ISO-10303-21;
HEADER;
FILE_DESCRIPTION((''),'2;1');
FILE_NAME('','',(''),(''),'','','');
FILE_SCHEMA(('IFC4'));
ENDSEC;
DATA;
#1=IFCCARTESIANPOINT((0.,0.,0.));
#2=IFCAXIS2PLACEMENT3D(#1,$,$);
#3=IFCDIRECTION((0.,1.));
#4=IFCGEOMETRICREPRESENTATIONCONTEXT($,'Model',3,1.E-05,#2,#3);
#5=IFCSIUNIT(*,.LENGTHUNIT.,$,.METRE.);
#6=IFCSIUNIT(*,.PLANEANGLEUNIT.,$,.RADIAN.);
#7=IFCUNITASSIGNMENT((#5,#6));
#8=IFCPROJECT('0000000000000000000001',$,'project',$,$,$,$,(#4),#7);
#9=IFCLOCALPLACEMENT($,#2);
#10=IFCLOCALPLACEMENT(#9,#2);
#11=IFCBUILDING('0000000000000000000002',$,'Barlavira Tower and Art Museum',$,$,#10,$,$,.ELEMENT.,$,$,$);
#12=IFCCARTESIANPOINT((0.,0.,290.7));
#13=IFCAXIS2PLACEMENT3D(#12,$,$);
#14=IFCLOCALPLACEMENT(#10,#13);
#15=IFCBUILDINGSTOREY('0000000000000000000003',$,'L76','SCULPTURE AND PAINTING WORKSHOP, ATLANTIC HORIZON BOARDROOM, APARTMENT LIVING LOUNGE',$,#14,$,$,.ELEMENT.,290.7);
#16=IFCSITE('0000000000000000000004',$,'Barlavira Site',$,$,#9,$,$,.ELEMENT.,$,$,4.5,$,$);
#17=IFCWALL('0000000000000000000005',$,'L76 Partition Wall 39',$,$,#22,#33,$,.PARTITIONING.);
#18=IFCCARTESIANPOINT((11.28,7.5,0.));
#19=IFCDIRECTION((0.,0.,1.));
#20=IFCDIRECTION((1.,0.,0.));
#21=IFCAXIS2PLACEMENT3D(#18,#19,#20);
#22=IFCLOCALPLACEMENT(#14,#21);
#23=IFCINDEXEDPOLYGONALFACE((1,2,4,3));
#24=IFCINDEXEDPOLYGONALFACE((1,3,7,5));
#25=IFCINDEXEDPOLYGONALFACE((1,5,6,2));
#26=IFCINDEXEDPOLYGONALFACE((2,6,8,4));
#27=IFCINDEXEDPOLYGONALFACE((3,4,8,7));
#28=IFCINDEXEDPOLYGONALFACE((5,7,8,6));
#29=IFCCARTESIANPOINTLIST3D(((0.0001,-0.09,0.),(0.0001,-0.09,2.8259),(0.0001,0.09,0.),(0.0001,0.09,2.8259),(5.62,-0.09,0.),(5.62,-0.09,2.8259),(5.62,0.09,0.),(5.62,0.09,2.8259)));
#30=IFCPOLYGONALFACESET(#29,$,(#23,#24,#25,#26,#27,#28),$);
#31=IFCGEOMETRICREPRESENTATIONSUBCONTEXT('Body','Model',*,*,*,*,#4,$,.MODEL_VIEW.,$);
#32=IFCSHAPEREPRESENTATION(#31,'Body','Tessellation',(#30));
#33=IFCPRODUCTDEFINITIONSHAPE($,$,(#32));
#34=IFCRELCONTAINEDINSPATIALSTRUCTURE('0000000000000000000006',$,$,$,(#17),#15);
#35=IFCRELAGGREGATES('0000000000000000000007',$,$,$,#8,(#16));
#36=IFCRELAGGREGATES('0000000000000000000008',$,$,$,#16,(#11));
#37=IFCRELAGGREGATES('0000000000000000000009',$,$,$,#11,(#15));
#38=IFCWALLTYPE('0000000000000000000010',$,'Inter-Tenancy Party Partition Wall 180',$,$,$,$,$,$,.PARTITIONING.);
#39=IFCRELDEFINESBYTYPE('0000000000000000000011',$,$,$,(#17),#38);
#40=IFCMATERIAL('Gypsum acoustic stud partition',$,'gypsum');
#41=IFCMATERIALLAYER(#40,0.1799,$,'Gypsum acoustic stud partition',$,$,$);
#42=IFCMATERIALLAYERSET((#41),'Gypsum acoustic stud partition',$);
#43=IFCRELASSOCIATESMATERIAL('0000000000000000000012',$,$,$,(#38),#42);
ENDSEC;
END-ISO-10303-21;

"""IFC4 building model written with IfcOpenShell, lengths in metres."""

from ifc_helpers import new_model, si_unit, direction, frame, frame_2d, origin, place, context, subcontext, project, spatial, rectangle, extrude, material, layer, layer_set, type_object, element, save


model = new_model("IFC4")

# Units and contexts
model_context = context("Model", 3, precision=1e-05, world=origin(), true_north=direction((0.0, 1.0)))
body_context = subcontext(model_context, "Body", "Model", "MODEL_VIEW")
ifc_project = project(units=[si_unit("LENGTHUNIT", "METRE"), si_unit("PLANEANGLEUNIT", "RADIAN")], contexts=[model_context])

# Site, building, storey
site_placement = place(None, origin())
site = spatial("IfcSite", under=ifc_project, at=site_placement, Name="Barlavira Site", CompositionType="ELEMENT", RefElevation=4.5)
building_placement = place(site_placement, origin())
building = spatial("IfcBuilding", under=site, at=building_placement, Name="Barlavira Tower and Art Museum", CompositionType="ELEMENT")
storey_placement = place(building_placement, frame((0.0, 0.0, 290.7)))
storey = spatial("IfcBuildingStorey", under=building, at=storey_placement, Name="L76", Description="SCULPTURE AND PAINTING WORKSHOP, ATLANTIC HORIZON BOARDROOM, APARTMENT LIVING LOUNGE", CompositionType="ELEMENT", Elevation=290.7)

# Shared definitions
ifc_material_1 = material(Name="Gypsum acoustic stud partition", Category="gypsum")

# Wall
ifc_layer_1 = layer(ifc_material_1, 0.1799, Name="Gypsum acoustic stud partition")
ifc_layer_set_1 = layer_set([ifc_layer_1], Name="Gypsum acoustic stud partition")
wall_type_1 = type_object("IfcWallType", Name="Inter-Tenancy Party Partition Wall 180", PredefinedType="PARTITIONING", material=ifc_layer_set_1)
wall_1_placement = place(storey_placement, frame((11.28, 7.5, 0.0), z_axis=(0.0, 0.0, 1.0), x_axis=(1.0, 0.0, 0.0)))
element("IfcWall", 1, at=wall_1_placement, inside=storey, type_object=wall_type_1, Name="L76 Partition Wall 39", PredefinedType="PARTITIONING", context=body_context, shape_type="SweptSolid", body=[
    extrude(rectangle(XDim=5.6199, YDim=0.1799, at=frame_2d((2.8101, 0.0))), origin(), (0.0, 0.0, 1.0), 2.8259),
])

save(model, "model.ifc")
